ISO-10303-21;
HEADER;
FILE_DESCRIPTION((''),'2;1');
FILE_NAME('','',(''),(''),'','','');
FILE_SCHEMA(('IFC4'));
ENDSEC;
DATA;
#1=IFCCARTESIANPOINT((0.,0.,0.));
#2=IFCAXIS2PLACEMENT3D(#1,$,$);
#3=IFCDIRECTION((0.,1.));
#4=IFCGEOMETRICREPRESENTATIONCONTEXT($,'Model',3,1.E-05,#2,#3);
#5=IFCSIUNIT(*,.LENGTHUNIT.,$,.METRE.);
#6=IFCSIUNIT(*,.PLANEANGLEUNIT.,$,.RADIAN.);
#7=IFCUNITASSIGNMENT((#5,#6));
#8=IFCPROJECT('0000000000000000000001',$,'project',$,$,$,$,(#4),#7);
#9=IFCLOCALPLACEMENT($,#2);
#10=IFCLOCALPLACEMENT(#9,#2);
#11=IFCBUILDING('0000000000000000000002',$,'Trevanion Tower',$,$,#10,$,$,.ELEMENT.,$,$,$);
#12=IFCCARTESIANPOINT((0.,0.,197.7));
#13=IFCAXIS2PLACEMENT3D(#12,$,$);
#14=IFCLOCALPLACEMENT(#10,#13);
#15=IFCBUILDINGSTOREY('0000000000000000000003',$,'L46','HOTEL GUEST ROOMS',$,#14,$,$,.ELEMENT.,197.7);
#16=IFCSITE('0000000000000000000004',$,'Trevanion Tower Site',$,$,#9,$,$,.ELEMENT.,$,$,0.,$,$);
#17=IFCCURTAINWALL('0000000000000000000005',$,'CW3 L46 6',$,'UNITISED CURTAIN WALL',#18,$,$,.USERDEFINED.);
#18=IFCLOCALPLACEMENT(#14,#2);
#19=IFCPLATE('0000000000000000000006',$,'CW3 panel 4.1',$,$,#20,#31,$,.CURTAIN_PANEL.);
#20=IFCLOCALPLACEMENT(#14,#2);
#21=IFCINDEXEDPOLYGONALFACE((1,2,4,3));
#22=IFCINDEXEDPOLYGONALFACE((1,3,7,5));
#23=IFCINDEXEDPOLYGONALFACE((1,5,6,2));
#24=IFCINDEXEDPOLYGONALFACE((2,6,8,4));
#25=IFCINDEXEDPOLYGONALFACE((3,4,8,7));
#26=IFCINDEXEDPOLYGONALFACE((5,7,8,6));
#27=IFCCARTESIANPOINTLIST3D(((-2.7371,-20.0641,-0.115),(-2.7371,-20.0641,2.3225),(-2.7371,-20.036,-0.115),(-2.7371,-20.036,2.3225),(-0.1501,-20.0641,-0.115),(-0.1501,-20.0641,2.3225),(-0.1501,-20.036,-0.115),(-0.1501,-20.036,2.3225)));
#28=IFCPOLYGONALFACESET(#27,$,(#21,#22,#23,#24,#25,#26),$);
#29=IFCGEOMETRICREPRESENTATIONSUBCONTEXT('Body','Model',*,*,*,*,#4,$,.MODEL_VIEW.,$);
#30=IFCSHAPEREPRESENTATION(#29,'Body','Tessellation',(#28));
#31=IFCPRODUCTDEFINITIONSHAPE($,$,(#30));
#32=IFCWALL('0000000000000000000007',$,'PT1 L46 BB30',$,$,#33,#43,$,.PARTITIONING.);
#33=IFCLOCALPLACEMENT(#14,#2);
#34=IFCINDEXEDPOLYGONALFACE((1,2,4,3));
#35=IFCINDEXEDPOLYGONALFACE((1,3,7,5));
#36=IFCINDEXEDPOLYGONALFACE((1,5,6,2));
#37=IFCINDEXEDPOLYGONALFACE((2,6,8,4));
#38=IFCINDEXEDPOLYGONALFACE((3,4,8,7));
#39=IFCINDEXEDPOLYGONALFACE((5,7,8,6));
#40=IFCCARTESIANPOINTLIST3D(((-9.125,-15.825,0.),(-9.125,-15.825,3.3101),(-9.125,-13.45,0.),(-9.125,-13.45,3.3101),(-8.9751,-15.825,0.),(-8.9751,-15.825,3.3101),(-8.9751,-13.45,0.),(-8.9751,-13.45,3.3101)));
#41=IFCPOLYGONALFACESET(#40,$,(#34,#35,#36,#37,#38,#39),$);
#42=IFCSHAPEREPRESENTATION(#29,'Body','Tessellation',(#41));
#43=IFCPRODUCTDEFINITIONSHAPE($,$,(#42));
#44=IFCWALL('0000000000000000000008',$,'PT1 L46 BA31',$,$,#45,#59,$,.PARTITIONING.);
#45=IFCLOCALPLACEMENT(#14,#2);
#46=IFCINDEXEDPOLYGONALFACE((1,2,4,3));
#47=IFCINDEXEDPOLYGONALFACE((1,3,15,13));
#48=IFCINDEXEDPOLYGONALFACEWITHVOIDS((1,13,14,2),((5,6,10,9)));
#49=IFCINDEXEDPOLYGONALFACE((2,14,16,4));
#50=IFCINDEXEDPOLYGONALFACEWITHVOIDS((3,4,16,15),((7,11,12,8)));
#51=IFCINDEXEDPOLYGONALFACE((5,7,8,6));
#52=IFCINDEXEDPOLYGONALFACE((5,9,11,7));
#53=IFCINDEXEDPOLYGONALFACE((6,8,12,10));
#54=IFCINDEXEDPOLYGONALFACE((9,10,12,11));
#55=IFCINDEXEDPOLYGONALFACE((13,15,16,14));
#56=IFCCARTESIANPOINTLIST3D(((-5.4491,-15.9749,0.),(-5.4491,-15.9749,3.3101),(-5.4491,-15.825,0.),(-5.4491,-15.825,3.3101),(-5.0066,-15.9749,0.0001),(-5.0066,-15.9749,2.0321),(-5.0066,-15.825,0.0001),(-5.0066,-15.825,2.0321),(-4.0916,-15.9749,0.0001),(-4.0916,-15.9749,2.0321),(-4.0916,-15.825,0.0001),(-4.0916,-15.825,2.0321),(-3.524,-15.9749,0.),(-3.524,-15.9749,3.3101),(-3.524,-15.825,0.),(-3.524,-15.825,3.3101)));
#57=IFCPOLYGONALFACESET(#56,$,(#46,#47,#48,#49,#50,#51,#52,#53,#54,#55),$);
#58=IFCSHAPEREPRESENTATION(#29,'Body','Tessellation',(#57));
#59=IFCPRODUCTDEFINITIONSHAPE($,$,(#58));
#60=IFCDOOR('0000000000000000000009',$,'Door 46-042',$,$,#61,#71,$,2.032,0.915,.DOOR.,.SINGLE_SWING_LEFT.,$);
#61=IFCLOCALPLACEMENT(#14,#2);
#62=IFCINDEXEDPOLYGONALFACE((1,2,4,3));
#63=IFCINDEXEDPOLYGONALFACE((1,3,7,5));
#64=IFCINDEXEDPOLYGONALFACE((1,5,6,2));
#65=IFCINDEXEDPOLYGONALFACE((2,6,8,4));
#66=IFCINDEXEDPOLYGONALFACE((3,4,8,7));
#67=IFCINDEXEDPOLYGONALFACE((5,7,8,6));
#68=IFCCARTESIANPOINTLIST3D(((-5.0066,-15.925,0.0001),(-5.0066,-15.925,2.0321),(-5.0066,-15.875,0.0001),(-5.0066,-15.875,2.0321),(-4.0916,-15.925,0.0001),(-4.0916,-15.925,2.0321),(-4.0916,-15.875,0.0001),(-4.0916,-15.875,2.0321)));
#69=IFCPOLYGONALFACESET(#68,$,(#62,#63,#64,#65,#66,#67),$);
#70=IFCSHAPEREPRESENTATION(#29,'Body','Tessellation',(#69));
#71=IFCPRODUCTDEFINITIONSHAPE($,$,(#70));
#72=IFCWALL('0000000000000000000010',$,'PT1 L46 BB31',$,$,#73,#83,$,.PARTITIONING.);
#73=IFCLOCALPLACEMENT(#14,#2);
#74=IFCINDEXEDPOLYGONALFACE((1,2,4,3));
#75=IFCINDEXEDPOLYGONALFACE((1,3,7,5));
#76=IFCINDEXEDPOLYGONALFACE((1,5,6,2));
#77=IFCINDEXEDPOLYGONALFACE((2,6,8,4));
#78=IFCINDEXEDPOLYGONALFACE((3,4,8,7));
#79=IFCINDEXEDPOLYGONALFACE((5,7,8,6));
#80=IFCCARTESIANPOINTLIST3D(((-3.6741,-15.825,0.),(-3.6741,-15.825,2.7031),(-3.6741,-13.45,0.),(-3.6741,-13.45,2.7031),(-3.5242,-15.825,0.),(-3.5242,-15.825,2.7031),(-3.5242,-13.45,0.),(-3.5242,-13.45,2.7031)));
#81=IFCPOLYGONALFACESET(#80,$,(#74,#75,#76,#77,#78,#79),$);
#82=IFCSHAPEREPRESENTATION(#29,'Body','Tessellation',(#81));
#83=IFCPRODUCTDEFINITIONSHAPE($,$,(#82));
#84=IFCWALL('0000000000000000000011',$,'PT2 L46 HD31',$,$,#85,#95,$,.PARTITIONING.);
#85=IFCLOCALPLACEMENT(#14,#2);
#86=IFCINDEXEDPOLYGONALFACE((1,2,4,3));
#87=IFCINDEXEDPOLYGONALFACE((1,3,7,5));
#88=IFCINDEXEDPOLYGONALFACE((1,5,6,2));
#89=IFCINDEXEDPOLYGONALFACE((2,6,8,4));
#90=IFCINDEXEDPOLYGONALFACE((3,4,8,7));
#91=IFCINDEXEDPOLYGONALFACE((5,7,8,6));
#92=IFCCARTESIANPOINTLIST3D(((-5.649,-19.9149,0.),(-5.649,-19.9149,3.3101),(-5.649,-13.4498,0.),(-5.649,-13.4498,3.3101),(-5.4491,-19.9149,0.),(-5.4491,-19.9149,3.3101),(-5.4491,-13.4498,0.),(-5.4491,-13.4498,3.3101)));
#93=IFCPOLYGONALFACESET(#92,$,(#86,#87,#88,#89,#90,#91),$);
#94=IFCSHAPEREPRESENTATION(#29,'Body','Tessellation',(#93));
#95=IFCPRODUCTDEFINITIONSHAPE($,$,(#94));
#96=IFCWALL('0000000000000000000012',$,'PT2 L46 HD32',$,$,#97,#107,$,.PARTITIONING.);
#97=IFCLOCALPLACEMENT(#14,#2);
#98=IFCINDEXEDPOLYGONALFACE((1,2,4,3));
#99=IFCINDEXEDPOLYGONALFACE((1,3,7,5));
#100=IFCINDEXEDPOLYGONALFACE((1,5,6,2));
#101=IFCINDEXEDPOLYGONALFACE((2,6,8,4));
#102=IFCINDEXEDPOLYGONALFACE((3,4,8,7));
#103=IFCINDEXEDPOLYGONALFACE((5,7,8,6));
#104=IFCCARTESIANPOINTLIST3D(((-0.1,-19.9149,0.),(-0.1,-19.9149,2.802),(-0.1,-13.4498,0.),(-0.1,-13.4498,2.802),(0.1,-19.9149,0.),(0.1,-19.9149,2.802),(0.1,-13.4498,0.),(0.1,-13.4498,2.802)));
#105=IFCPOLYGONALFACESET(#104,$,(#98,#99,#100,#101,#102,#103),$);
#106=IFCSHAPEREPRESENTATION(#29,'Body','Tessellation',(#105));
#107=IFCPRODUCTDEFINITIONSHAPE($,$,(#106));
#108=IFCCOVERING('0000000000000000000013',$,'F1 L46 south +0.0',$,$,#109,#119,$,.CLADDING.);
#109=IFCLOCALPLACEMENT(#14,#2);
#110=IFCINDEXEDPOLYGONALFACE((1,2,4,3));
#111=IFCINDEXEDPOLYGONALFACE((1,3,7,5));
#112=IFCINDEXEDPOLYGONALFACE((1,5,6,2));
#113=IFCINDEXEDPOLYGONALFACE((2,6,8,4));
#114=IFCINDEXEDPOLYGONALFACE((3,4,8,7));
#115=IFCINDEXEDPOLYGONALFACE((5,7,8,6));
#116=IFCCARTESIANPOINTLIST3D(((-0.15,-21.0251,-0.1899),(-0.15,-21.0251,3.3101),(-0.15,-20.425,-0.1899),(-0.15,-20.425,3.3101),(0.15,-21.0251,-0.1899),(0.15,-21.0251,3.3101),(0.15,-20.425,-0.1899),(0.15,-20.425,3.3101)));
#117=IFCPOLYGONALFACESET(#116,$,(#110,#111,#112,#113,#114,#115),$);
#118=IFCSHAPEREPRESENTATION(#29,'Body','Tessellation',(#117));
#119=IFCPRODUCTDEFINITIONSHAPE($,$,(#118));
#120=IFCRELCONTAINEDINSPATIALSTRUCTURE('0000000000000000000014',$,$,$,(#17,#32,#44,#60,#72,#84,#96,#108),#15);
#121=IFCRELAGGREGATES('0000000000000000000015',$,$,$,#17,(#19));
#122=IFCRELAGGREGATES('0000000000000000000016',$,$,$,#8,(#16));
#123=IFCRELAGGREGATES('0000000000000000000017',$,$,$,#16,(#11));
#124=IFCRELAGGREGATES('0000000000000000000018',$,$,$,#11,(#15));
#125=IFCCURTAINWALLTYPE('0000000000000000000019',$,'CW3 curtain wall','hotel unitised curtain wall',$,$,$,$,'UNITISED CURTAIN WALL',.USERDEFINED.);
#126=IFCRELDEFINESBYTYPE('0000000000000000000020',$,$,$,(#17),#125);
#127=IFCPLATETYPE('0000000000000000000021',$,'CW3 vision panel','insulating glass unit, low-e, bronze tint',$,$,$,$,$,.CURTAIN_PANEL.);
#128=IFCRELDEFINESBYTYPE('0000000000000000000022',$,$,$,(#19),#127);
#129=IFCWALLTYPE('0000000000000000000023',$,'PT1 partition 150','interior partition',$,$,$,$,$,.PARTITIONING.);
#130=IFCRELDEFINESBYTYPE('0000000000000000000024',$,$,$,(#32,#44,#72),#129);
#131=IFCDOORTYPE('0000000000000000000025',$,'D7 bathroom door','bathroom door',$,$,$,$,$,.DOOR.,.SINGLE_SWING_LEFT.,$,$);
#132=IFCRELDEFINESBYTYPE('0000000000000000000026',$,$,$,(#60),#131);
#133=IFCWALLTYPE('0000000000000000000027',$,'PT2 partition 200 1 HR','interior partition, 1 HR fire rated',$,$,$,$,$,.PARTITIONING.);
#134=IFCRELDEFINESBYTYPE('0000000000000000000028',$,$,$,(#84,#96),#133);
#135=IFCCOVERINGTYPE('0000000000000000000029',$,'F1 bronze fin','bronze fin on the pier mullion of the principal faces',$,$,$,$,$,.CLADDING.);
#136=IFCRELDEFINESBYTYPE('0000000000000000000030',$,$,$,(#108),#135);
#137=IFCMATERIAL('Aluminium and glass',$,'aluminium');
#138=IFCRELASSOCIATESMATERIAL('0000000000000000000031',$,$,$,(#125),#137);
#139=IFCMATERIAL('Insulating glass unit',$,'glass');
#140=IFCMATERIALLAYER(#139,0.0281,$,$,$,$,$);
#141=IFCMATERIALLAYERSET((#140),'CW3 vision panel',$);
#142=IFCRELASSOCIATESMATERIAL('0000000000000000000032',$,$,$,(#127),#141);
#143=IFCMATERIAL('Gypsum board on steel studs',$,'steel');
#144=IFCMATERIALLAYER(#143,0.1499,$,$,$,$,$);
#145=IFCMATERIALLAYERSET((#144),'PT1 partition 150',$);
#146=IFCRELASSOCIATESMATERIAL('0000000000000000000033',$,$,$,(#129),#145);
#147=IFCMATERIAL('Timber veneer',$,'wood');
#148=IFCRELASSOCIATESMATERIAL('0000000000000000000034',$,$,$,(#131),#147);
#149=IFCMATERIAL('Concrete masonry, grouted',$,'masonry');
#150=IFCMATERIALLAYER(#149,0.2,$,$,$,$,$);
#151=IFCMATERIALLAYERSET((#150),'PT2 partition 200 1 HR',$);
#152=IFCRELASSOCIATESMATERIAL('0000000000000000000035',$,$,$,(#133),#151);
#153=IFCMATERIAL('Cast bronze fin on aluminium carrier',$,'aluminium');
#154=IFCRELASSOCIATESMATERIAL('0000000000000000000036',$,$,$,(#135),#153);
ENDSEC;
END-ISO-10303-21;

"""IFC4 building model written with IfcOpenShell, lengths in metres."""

from ifc_helpers import new_model, si_unit, direction, frame, frame_2d, origin, origin_2d, place, context, subcontext, project, spatial, rectangle, extrude, material, layer, layer_set, type_object, element, fill, aggregate, save


model = new_model("IFC4")

# Units and contexts
model_context = context("Model", 3, precision=1e-05, world=origin(), true_north=direction((0.0, 1.0)))
body_context = subcontext(model_context, "Body", "Model", "MODEL_VIEW")
ifc_project = project(units=[si_unit("LENGTHUNIT", "METRE"), si_unit("PLANEANGLEUNIT", "RADIAN")], contexts=[model_context])

# Site, building, storey
site_placement = place(None, origin())
site = spatial("IfcSite", under=ifc_project, at=site_placement, Name="Trevanion Tower Site", CompositionType="ELEMENT", RefElevation=0.0)
building_placement = place(site_placement, origin())
building = spatial("IfcBuilding", under=site, at=building_placement, Name="Trevanion Tower", CompositionType="ELEMENT")
storey_placement = place(building_placement, frame((0.0, 0.0, 197.7)))
storey = spatial("IfcBuildingStorey", under=building, at=storey_placement, Name="L46", Description="HOTEL GUEST ROOMS", CompositionType="ELEMENT", Elevation=197.7)

# Curtain wall
ifc_material_1 = material(Name="Aluminium and glass", Category="aluminium")
curtain_wall_type = type_object("IfcCurtainWallType", Name="CW3 curtain wall", Description="hotel unitised curtain wall", ElementType="UNITISED CURTAIN WALL", PredefinedType="USERDEFINED", material=ifc_material_1)
curtain_wall_placement = place(storey_placement, origin())
curtain_wall = element("IfcCurtainWall", 1, at=curtain_wall_placement, inside=storey, type_object=curtain_wall_type, Name="CW3 L46 6", ObjectType="UNITISED CURTAIN WALL", PredefinedType="USERDEFINED")

# Plate
ifc_material_2 = material(Name="Insulating glass unit", Category="glass")
ifc_layer_1 = layer(ifc_material_2, 0.0281)
ifc_layer_set_1 = layer_set([ifc_layer_1], Name="CW3 vision panel")
plate_type_1 = type_object("IfcPlateType", Name="CW3 vision panel", Description="insulating glass unit, low-e, bronze tint", PredefinedType="CURTAIN_PANEL", material=ifc_layer_set_1)
plate_1_placement = place(storey_placement, frame((-1.4436, -20.05, -0.115), z_axis=(0.0, 0.0, 1.0), x_axis=(1.0, 0.0, 0.0)))
plate_1 = element("IfcPlate", 2, at=plate_1_placement, type_object=plate_type_1, Name="CW3 panel 4.1", PredefinedType="CURTAIN_PANEL", context=body_context, shape_type="SweptSolid", body=[
    extrude(rectangle(XDim=2.5869, YDim=0.0281, at=origin_2d()), origin(), (0.0, 0.0, 1.0), 2.4375),
])
aggregate(curtain_wall, [plate_1])

# Wall
ifc_material_3 = material(Name="Gypsum board on steel studs", Category="steel")
ifc_layer_2 = layer(ifc_material_3, 0.1499)
ifc_layer_set_2 = layer_set([ifc_layer_2], Name="PT1 partition 150")
wall_type_1 = type_object("IfcWallType", Name="PT1 partition 150", Description="interior partition", PredefinedType="PARTITIONING", material=ifc_layer_set_2)
wall_1_placement = place(storey_placement, frame((-9.05, -13.45, 0.0), z_axis=(0.0, 0.0, 1.0), x_axis=(0.0, -1.0, 0.0)))
element("IfcWall", 3, at=wall_1_placement, inside=storey, type_object=wall_type_1, Name="PT1 L46 BB30", PredefinedType="PARTITIONING", context=body_context, shape_type="SweptSolid", body=[
    extrude(rectangle(XDim=2.375, YDim=0.1499, at=frame_2d((1.1875, 0.0))), origin(), (0.0, 0.0, 1.0), 3.3101),
])

# Wall, opening, door
wall_2_placement = place(storey_placement, frame((-5.449, -15.8999, 0.0), z_axis=(0.0, 0.0, 1.0), x_axis=(1.0, 0.0, 0.0)))
wall_2 = element("IfcWall", 4, at=wall_2_placement, inside=storey, type_object=wall_type_1, Name="PT1 L46 BA31", PredefinedType="PARTITIONING", context=body_context, shape_type="SweptSolid", body=[
    extrude(rectangle(XDim=1.925, YDim=0.1499, at=frame_2d((0.9624, 0.0))), origin(), (0.0, 0.0, 1.0), 3.3101),
])
opening_placement = place(wall_2_placement, frame((0.4424, 0.0, 0.0)))
opening = element("IfcOpeningElement", 5, at=opening_placement, cuts=wall_2, PredefinedType="OPENING", context=body_context, shape_type="SweptSolid", body=[
    extrude(rectangle(XDim=0.915, YDim=2.032, at=frame_2d((0.4575, 1.0161))), frame((0.0, 0.085, 0.0), z_axis=(0.0, -1.0, 0.0), x_axis=(1.0, 0.0, 0.0)), (0.0, 0.0, 1.0), 0.1699),
])
ifc_material_4 = material(Name="Timber veneer", Category="wood")
door_type = type_object("IfcDoorType", Name="D7 bathroom door", Description="bathroom door", OperationType="SINGLE_SWING_LEFT", PredefinedType="DOOR", material=ifc_material_4)
door_placement = place(opening_placement, origin())
door = element("IfcDoor", 6, at=door_placement, inside=storey, type_object=door_type, Name="Door 46-042", OperationType="SINGLE_SWING_LEFT", OverallHeight=2.032, OverallWidth=0.915, PredefinedType="DOOR", context=body_context, shape_type="SweptSolid", body=[
    extrude(rectangle(XDim=0.915, YDim=2.032, at=frame_2d((0.4575, 1.0161))), frame((0.0, 0.0249, 0.0), z_axis=(0.0, -1.0, 0.0), x_axis=(1.0, 0.0, 0.0)), (0.0, 0.0, 1.0), 0.05),
])
fill(opening, door)

# Walls
wall_3_placement = place(storey_placement, frame((-3.5991, -13.45, 0.0), z_axis=(0.0, 0.0, 1.0), x_axis=(0.0, -1.0, 0.0)))
element("IfcWall", 7, at=wall_3_placement, inside=storey, type_object=wall_type_1, Name="PT1 L46 BB31", PredefinedType="PARTITIONING", context=body_context, shape_type="SweptSolid", body=[
    extrude(rectangle(XDim=2.375, YDim=0.1499, at=frame_2d((1.1875, 0.0))), origin(), (0.0, 0.0, 1.0), 2.7031),
])
ifc_material_5 = material(Name="Concrete masonry, grouted", Category="masonry")
ifc_layer_3 = layer(ifc_material_5, 0.2)
ifc_layer_set_3 = layer_set([ifc_layer_3], Name="PT2 partition 200 1 HR")
wall_type_2 = type_object("IfcWallType", Name="PT2 partition 200 1 HR", Description="interior partition, 1 HR fire rated", PredefinedType="PARTITIONING", material=ifc_layer_set_3)
wall_4_placement = place(storey_placement, frame((-5.5491, -13.45, 0.0), z_axis=(0.0, 0.0, 1.0), x_axis=(0.0, -1.0, 0.0)))
element("IfcWall", 8, at=wall_4_placement, inside=storey, type_object=wall_type_2, Name="PT2 L46 HD31", PredefinedType="PARTITIONING", context=body_context, shape_type="SweptSolid", body=[
    extrude(rectangle(XDim=6.4651, YDim=0.2, at=frame_2d((3.2324, 0.0))), origin(), (0.0, 0.0, 1.0), 3.3101),
])
wall_5_placement = place(storey_placement, frame((0.0, -13.45, 0.0), z_axis=(0.0, 0.0, 1.0), x_axis=(0.0, -1.0, 0.0)))
element("IfcWall", 9, at=wall_5_placement, inside=storey, type_object=wall_type_2, Name="PT2 L46 HD32", PredefinedType="PARTITIONING", context=body_context, shape_type="SweptSolid", body=[
    extrude(rectangle(XDim=6.4651, YDim=0.2, at=frame_2d((3.2324, 0.0))), origin(), (0.0, 0.0, 1.0), 2.802),
])

# Covering
ifc_material_6 = material(Name="Cast bronze fin on aluminium carrier", Category="aluminium")
covering_type = type_object("IfcCoveringType", Name="F1 bronze fin", Description="bronze fin on the pier mullion of the principal faces", PredefinedType="CLADDING", material=ifc_material_6)
covering_placement = place(storey_placement, frame((0.0, -20.7251, -0.1899), z_axis=(0.0, 0.0, 1.0), x_axis=(1.0, 0.0, 0.0)))
element("IfcCovering", 10, at=covering_placement, inside=storey, type_object=covering_type, Name="F1 L46 south +0.0", PredefinedType="CLADDING", context=body_context, shape_type="SweptSolid", body=[
    extrude(rectangle(XDim=0.3, YDim=0.6001, at=origin_2d()), origin(), (0.0, 0.0, 1.0), 3.5),
])

save(model, "model.ifc")
